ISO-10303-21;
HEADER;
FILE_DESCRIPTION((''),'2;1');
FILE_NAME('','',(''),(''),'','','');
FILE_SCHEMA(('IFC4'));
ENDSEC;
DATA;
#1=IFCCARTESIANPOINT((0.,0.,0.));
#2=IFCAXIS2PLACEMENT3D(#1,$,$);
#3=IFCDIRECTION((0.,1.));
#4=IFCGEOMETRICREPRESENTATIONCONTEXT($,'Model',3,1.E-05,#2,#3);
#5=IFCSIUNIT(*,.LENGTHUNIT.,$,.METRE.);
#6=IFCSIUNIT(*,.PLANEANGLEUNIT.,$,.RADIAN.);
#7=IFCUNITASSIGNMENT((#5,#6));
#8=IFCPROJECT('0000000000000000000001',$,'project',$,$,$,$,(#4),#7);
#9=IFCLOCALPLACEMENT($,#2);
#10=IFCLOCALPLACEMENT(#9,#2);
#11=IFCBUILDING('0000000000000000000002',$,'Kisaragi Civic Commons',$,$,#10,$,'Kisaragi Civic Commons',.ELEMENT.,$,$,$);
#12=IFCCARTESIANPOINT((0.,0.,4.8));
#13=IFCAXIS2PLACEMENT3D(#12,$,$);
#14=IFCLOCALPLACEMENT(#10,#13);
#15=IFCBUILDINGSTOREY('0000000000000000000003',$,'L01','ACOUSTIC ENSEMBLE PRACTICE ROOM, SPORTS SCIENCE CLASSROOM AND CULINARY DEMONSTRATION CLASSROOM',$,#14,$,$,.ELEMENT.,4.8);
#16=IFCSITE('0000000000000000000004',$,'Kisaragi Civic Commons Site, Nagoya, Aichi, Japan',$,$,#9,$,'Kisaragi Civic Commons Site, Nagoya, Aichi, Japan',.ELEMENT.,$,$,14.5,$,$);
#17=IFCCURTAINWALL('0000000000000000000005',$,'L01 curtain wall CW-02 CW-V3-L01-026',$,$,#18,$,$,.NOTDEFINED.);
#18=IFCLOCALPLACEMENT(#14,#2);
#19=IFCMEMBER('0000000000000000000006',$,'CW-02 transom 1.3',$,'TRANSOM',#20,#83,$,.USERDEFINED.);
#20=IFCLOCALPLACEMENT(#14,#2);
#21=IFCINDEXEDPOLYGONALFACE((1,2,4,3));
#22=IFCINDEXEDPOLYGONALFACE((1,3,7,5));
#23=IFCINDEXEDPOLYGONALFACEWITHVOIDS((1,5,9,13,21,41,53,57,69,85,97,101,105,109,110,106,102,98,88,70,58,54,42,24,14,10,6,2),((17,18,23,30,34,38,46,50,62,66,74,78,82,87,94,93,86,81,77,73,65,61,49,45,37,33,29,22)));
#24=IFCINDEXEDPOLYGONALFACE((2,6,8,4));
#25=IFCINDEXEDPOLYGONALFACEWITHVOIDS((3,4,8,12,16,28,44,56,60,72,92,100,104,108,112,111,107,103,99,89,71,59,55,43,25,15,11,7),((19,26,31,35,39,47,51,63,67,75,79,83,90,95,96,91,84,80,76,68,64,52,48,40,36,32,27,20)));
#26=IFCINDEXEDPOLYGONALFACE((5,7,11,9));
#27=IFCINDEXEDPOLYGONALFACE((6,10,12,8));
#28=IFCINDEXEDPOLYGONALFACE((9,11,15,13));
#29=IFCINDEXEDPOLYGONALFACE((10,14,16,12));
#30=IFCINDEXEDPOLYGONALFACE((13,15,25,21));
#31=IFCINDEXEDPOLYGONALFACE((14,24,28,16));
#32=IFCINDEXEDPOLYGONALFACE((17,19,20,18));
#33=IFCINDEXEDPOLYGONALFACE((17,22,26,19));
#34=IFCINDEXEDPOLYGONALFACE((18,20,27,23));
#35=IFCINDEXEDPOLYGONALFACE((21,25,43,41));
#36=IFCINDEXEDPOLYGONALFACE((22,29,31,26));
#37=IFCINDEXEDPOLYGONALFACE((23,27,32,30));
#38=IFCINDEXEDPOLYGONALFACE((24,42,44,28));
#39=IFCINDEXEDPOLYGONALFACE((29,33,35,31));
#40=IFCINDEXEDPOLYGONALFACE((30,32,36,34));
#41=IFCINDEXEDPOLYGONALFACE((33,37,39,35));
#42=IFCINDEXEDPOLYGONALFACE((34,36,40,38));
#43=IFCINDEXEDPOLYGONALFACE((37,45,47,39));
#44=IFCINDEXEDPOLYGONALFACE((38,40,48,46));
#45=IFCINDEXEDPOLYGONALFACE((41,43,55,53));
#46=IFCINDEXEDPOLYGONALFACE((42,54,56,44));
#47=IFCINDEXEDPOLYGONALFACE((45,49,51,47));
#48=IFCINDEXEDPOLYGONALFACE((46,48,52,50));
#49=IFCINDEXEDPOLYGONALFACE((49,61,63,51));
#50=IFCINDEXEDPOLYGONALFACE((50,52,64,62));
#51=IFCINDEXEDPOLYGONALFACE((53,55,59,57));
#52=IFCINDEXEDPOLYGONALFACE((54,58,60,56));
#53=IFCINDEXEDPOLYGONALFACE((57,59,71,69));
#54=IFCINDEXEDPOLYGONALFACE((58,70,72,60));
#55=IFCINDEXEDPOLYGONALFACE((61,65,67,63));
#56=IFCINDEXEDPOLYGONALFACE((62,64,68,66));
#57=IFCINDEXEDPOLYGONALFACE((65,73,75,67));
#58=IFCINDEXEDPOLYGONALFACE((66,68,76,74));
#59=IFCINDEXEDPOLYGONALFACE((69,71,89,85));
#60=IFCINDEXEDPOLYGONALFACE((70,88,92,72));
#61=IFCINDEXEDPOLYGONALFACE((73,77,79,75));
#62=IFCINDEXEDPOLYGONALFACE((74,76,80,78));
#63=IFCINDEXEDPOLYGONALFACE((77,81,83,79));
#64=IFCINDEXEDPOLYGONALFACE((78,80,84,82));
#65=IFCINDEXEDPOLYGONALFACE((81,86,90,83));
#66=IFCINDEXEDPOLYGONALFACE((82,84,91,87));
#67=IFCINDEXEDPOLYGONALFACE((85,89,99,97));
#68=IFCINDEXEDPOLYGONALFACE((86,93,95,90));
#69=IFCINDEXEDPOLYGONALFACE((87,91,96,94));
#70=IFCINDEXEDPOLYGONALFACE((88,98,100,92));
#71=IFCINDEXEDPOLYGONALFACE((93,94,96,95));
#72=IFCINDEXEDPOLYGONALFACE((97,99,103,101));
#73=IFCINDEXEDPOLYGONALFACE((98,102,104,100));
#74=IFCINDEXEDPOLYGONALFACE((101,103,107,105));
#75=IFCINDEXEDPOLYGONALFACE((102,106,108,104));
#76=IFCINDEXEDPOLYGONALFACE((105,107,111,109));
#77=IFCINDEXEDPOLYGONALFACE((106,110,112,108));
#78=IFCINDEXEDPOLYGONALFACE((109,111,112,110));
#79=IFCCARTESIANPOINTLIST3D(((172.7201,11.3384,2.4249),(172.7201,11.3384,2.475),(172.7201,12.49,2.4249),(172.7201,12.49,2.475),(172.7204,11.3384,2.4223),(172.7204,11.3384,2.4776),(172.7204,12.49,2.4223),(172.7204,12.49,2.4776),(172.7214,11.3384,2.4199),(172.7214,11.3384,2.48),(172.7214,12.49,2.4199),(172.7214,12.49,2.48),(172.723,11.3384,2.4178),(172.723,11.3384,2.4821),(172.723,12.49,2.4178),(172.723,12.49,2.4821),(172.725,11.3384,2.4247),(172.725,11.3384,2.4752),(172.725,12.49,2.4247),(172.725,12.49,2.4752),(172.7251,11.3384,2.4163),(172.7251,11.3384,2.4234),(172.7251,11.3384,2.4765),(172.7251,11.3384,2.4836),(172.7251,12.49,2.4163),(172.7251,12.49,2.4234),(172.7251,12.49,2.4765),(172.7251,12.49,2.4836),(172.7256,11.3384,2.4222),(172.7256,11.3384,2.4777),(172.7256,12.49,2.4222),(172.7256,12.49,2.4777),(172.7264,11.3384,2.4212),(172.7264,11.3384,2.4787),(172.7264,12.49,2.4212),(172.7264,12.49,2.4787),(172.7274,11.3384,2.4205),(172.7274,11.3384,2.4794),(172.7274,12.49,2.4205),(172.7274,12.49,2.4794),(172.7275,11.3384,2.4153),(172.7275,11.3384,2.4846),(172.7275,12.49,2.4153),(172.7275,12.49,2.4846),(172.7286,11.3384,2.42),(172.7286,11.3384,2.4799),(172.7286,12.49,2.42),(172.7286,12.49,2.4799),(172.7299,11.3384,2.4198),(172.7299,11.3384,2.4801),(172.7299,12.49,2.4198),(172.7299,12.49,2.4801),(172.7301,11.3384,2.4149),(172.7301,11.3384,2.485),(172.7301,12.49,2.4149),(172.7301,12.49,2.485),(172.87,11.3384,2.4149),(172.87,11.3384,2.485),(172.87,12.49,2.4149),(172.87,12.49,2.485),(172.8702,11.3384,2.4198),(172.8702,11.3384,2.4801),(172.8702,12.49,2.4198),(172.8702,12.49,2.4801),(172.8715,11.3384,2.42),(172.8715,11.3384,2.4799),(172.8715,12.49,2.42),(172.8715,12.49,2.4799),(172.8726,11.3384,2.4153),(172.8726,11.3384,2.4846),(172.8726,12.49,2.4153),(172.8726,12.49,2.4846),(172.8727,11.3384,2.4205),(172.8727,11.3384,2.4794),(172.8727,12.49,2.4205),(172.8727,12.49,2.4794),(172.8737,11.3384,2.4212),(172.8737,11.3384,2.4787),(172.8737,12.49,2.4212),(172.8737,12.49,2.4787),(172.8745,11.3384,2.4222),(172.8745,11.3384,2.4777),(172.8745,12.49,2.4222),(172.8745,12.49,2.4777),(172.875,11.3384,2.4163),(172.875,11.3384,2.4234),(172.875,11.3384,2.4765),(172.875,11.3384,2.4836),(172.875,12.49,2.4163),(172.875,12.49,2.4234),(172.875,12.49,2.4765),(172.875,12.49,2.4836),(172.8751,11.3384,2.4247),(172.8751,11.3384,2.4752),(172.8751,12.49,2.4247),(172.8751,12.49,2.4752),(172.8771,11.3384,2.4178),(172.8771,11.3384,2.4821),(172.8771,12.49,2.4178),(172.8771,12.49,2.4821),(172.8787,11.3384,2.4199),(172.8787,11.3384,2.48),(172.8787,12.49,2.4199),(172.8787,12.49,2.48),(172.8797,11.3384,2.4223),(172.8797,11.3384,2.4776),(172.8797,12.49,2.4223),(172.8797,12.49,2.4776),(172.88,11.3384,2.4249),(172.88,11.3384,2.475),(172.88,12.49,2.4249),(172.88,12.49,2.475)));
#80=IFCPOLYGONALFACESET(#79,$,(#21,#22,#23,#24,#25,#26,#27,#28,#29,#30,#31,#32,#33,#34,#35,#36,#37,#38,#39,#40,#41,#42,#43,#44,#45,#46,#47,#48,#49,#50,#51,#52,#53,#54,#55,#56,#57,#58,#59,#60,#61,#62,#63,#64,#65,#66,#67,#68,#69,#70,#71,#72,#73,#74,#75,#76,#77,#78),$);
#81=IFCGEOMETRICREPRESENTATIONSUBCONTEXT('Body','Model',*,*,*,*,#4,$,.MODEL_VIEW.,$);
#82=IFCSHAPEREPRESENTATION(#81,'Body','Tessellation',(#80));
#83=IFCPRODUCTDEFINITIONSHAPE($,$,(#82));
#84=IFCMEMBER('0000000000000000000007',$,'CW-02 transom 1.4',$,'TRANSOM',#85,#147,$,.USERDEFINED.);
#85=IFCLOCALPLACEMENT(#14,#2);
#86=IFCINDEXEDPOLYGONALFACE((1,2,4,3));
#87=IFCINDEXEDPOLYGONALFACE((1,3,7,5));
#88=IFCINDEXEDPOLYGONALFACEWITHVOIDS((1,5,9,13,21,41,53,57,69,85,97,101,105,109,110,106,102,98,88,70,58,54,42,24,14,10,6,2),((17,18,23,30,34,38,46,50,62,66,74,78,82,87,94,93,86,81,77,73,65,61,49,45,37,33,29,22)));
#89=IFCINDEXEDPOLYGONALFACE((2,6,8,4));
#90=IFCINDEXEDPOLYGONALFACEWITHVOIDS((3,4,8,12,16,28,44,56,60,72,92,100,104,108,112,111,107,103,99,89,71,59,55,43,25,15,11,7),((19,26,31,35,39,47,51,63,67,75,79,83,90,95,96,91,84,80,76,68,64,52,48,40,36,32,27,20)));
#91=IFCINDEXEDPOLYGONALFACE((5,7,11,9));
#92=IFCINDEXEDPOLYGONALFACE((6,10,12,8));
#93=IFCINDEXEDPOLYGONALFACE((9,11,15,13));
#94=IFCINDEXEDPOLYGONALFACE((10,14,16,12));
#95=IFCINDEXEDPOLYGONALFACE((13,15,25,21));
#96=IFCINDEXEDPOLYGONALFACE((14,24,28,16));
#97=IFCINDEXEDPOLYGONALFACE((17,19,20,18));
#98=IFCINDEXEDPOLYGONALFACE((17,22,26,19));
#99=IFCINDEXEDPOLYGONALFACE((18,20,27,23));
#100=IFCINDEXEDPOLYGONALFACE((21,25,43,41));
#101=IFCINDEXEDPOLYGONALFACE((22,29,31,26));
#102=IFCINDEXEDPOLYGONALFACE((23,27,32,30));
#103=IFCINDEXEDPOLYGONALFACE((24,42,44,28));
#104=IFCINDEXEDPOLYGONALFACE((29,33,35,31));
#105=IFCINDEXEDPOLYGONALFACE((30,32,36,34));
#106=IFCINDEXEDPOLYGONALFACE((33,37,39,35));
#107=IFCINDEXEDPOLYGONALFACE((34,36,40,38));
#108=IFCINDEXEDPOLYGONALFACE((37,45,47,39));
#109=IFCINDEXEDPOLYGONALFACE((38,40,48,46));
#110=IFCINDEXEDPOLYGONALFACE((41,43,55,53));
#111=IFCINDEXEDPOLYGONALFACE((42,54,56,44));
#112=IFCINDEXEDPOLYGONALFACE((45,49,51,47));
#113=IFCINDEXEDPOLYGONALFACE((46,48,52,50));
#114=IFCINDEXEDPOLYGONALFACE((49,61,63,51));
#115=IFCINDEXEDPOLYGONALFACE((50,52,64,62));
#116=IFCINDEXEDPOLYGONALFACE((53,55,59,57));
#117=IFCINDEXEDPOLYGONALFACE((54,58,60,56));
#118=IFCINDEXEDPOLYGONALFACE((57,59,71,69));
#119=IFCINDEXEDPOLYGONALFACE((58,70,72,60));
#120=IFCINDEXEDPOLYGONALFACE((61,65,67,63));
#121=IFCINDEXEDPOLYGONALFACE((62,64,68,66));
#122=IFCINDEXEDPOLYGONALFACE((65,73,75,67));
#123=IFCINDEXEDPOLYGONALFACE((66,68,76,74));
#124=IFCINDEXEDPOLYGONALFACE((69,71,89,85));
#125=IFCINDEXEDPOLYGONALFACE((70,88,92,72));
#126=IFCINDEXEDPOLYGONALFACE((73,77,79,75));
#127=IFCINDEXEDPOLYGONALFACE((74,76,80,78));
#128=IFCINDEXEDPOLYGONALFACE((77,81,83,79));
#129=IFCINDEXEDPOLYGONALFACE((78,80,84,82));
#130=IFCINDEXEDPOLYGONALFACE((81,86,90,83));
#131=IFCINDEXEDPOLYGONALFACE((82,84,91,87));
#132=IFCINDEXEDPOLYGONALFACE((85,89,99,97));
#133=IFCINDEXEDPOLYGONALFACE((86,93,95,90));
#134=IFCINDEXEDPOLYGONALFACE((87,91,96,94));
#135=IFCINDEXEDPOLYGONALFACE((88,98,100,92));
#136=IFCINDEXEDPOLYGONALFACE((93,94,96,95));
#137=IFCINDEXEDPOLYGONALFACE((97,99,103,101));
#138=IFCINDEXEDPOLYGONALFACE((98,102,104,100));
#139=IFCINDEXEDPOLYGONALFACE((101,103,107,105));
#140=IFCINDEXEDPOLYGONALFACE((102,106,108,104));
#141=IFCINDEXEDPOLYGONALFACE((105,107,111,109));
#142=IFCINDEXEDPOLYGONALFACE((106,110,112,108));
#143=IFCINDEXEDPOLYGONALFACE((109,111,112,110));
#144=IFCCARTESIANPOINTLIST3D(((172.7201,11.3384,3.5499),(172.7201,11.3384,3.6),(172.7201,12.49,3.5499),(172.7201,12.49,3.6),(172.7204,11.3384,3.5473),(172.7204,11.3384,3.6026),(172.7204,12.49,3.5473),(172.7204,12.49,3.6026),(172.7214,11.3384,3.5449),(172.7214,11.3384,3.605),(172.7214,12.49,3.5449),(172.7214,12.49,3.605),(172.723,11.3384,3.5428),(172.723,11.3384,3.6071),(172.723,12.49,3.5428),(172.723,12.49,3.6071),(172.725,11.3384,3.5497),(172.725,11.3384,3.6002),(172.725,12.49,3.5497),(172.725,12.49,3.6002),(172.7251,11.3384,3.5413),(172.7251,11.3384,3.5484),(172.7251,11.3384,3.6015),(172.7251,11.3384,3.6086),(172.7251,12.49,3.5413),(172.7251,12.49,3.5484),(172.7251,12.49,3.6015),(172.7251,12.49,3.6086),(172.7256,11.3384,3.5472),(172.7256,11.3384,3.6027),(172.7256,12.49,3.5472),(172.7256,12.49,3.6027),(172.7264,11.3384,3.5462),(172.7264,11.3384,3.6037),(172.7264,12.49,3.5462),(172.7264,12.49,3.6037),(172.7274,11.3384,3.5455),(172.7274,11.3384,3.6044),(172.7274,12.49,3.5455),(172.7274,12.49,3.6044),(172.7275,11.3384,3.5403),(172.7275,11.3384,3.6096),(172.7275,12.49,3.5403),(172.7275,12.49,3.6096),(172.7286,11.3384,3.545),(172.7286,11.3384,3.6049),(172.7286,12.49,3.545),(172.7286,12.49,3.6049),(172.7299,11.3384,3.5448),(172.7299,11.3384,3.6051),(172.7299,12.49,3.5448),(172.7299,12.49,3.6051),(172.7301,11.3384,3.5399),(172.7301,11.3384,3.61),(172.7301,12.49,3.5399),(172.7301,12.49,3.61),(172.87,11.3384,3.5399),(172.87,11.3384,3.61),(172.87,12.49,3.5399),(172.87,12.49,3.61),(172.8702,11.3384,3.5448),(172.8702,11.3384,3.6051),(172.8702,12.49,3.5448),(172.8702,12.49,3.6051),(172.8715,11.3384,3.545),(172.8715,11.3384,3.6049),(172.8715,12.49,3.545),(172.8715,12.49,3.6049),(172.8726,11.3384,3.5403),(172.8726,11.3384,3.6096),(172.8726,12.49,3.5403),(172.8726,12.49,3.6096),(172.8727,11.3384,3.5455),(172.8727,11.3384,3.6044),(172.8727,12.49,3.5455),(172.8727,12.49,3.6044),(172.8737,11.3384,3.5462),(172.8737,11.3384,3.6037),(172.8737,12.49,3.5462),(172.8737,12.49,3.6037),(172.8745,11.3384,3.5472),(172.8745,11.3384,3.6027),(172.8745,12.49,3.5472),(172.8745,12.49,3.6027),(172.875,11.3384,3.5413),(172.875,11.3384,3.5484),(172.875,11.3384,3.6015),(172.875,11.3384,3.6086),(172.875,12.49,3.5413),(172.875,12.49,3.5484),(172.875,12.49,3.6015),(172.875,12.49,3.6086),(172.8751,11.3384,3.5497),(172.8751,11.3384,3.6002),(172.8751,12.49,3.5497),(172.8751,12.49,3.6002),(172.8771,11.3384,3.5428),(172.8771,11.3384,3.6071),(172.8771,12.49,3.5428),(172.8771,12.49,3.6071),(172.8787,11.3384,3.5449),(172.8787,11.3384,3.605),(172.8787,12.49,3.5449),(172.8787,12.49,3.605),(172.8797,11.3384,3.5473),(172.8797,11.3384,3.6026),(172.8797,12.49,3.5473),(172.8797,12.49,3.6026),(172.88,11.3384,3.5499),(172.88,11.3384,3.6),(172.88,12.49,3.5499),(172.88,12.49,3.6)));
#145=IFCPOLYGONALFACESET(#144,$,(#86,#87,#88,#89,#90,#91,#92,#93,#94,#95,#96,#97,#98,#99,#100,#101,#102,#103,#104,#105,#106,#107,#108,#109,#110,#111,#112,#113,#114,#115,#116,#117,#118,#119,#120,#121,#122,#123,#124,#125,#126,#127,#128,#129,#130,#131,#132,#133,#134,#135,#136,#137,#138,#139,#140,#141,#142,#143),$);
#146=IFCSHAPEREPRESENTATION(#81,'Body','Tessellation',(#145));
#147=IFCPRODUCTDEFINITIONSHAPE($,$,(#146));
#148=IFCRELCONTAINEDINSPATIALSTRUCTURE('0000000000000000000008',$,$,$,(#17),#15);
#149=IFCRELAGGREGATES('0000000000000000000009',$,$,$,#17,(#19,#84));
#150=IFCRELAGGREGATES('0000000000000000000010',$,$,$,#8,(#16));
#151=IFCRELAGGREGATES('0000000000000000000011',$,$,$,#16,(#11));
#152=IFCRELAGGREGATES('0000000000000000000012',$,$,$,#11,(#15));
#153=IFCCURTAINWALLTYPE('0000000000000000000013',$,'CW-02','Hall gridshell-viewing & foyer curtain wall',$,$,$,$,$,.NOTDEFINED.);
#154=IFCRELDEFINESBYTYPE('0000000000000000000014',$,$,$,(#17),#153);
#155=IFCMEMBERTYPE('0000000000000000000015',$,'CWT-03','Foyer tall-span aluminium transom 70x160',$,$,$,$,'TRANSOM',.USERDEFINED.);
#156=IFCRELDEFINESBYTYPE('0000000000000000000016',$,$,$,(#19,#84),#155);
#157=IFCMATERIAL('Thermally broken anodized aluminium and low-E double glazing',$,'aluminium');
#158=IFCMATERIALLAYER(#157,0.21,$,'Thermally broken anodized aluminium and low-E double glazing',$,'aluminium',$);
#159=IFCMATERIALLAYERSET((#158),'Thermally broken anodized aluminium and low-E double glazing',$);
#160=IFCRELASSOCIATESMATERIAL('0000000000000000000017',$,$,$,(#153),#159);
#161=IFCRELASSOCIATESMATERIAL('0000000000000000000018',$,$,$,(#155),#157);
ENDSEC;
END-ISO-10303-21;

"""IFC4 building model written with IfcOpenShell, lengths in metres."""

from ifc_helpers import new_model, si_unit, direction, frame, origin, origin_2d, place, context, subcontext, project, spatial, hollow_rectangle, extrude, material, layer, layer_set, material_profile, profile_set, type_object, element, aggregate, save


model = new_model("IFC4")

# Units and contexts
model_context = context("Model", 3, precision=1e-05, world=origin(), true_north=direction((0.0, 1.0)))
body_context = subcontext(model_context, "Body", "Model", "MODEL_VIEW")
ifc_project = project(units=[si_unit("LENGTHUNIT", "METRE"), si_unit("PLANEANGLEUNIT", "RADIAN")], contexts=[model_context])

# Site, building, storey
site_placement = place(None, origin())
site = spatial("IfcSite", under=ifc_project, at=site_placement, Name="Kisaragi Civic Commons Site, Nagoya, Aichi, Japan", LongName="Kisaragi Civic Commons Site, Nagoya, Aichi, Japan", CompositionType="ELEMENT", RefElevation=14.5)
building_placement = place(site_placement, origin())
building = spatial("IfcBuilding", under=site, at=building_placement, Name="Kisaragi Civic Commons", LongName="Kisaragi Civic Commons", CompositionType="ELEMENT")
storey_placement = place(building_placement, frame((0.0, 0.0, 4.8)))
storey = spatial("IfcBuildingStorey", under=building, at=storey_placement, Name="L01", Description="ACOUSTIC ENSEMBLE PRACTICE ROOM, SPORTS SCIENCE CLASSROOM AND CULINARY DEMONSTRATION CLASSROOM", CompositionType="ELEMENT", Elevation=4.8)

# Curtain wall
ifc_material = material(Name="Thermally broken anodized aluminium and low-E double glazing", Category="aluminium")
ifc_layer_1 = layer(ifc_material, 0.21, Name="Thermally broken anodized aluminium and low-E double glazing", Category="aluminium")
ifc_layer_set_1 = layer_set([ifc_layer_1], Name="Thermally broken anodized aluminium and low-E double glazing")
curtain_wall_type = type_object("IfcCurtainWallType", Name="CW-02", Description="Hall gridshell-viewing & foyer curtain wall", PredefinedType="NOTDEFINED", material=ifc_layer_set_1)
curtain_wall_1_placement = place(storey_placement, origin())
curtain_wall_1 = element("IfcCurtainWall", 1, at=curtain_wall_1_placement, inside=storey, type_object=curtain_wall_type, Name="L01 curtain wall CW-02 CW-V3-L01-026", PredefinedType="NOTDEFINED")

# Members
ifc_material_profile_1 = material_profile(ifc_material, hollow_rectangle(XDim=0.1599, YDim=0.0701, WallThickness=0.0049, InnerFilletRadius=0.0049, OuterFilletRadius=0.01, at=origin_2d()), Name="CWT-70x160x5", Category="aluminium")
ifc_profile_set_1 = profile_set([ifc_material_profile_1], Name="Thermally broken anodized aluminium and low-E double glazing")
member_type_1 = type_object("IfcMemberType", Name="CWT-03", Description="Foyer tall-span aluminium transom 70x160", ElementType="TRANSOM", PredefinedType="USERDEFINED", material=ifc_profile_set_1)
member_1_placement = place(storey_placement, frame((172.8, 12.49, 2.45), z_axis=(0.0, -1.0, 0.0), x_axis=(1.0, 0.0, 0.0)))
member_1 = element("IfcMember", 2, at=member_1_placement, type_object=member_type_1, Name="CW-02 transom 1.3", ObjectType="TRANSOM", PredefinedType="USERDEFINED", context=body_context, shape_type="SweptSolid", body=[
    extrude(hollow_rectangle(XDim=0.1599, YDim=0.0701, WallThickness=0.0049, InnerFilletRadius=0.0049, OuterFilletRadius=0.01, at=origin_2d()), origin(), (0.0, 0.0, 1.0), 1.1516),
])
member_2_placement = place(storey_placement, frame((172.8, 12.49, 3.575), z_axis=(0.0, -1.0, 0.0), x_axis=(1.0, 0.0, 0.0)))
member_2 = element("IfcMember", 3, at=member_2_placement, type_object=member_type_1, Name="CW-02 transom 1.4", ObjectType="TRANSOM", PredefinedType="USERDEFINED", context=body_context, shape_type="SweptSolid", body=[
    extrude(hollow_rectangle(XDim=0.1599, YDim=0.0701, WallThickness=0.0049, InnerFilletRadius=0.0049, OuterFilletRadius=0.01, at=origin_2d()), origin(), (0.0, 0.0, 1.0), 1.1516),
])

aggregate(curtain_wall_1, [member_1, member_2])

save(model, "model.ifc")
